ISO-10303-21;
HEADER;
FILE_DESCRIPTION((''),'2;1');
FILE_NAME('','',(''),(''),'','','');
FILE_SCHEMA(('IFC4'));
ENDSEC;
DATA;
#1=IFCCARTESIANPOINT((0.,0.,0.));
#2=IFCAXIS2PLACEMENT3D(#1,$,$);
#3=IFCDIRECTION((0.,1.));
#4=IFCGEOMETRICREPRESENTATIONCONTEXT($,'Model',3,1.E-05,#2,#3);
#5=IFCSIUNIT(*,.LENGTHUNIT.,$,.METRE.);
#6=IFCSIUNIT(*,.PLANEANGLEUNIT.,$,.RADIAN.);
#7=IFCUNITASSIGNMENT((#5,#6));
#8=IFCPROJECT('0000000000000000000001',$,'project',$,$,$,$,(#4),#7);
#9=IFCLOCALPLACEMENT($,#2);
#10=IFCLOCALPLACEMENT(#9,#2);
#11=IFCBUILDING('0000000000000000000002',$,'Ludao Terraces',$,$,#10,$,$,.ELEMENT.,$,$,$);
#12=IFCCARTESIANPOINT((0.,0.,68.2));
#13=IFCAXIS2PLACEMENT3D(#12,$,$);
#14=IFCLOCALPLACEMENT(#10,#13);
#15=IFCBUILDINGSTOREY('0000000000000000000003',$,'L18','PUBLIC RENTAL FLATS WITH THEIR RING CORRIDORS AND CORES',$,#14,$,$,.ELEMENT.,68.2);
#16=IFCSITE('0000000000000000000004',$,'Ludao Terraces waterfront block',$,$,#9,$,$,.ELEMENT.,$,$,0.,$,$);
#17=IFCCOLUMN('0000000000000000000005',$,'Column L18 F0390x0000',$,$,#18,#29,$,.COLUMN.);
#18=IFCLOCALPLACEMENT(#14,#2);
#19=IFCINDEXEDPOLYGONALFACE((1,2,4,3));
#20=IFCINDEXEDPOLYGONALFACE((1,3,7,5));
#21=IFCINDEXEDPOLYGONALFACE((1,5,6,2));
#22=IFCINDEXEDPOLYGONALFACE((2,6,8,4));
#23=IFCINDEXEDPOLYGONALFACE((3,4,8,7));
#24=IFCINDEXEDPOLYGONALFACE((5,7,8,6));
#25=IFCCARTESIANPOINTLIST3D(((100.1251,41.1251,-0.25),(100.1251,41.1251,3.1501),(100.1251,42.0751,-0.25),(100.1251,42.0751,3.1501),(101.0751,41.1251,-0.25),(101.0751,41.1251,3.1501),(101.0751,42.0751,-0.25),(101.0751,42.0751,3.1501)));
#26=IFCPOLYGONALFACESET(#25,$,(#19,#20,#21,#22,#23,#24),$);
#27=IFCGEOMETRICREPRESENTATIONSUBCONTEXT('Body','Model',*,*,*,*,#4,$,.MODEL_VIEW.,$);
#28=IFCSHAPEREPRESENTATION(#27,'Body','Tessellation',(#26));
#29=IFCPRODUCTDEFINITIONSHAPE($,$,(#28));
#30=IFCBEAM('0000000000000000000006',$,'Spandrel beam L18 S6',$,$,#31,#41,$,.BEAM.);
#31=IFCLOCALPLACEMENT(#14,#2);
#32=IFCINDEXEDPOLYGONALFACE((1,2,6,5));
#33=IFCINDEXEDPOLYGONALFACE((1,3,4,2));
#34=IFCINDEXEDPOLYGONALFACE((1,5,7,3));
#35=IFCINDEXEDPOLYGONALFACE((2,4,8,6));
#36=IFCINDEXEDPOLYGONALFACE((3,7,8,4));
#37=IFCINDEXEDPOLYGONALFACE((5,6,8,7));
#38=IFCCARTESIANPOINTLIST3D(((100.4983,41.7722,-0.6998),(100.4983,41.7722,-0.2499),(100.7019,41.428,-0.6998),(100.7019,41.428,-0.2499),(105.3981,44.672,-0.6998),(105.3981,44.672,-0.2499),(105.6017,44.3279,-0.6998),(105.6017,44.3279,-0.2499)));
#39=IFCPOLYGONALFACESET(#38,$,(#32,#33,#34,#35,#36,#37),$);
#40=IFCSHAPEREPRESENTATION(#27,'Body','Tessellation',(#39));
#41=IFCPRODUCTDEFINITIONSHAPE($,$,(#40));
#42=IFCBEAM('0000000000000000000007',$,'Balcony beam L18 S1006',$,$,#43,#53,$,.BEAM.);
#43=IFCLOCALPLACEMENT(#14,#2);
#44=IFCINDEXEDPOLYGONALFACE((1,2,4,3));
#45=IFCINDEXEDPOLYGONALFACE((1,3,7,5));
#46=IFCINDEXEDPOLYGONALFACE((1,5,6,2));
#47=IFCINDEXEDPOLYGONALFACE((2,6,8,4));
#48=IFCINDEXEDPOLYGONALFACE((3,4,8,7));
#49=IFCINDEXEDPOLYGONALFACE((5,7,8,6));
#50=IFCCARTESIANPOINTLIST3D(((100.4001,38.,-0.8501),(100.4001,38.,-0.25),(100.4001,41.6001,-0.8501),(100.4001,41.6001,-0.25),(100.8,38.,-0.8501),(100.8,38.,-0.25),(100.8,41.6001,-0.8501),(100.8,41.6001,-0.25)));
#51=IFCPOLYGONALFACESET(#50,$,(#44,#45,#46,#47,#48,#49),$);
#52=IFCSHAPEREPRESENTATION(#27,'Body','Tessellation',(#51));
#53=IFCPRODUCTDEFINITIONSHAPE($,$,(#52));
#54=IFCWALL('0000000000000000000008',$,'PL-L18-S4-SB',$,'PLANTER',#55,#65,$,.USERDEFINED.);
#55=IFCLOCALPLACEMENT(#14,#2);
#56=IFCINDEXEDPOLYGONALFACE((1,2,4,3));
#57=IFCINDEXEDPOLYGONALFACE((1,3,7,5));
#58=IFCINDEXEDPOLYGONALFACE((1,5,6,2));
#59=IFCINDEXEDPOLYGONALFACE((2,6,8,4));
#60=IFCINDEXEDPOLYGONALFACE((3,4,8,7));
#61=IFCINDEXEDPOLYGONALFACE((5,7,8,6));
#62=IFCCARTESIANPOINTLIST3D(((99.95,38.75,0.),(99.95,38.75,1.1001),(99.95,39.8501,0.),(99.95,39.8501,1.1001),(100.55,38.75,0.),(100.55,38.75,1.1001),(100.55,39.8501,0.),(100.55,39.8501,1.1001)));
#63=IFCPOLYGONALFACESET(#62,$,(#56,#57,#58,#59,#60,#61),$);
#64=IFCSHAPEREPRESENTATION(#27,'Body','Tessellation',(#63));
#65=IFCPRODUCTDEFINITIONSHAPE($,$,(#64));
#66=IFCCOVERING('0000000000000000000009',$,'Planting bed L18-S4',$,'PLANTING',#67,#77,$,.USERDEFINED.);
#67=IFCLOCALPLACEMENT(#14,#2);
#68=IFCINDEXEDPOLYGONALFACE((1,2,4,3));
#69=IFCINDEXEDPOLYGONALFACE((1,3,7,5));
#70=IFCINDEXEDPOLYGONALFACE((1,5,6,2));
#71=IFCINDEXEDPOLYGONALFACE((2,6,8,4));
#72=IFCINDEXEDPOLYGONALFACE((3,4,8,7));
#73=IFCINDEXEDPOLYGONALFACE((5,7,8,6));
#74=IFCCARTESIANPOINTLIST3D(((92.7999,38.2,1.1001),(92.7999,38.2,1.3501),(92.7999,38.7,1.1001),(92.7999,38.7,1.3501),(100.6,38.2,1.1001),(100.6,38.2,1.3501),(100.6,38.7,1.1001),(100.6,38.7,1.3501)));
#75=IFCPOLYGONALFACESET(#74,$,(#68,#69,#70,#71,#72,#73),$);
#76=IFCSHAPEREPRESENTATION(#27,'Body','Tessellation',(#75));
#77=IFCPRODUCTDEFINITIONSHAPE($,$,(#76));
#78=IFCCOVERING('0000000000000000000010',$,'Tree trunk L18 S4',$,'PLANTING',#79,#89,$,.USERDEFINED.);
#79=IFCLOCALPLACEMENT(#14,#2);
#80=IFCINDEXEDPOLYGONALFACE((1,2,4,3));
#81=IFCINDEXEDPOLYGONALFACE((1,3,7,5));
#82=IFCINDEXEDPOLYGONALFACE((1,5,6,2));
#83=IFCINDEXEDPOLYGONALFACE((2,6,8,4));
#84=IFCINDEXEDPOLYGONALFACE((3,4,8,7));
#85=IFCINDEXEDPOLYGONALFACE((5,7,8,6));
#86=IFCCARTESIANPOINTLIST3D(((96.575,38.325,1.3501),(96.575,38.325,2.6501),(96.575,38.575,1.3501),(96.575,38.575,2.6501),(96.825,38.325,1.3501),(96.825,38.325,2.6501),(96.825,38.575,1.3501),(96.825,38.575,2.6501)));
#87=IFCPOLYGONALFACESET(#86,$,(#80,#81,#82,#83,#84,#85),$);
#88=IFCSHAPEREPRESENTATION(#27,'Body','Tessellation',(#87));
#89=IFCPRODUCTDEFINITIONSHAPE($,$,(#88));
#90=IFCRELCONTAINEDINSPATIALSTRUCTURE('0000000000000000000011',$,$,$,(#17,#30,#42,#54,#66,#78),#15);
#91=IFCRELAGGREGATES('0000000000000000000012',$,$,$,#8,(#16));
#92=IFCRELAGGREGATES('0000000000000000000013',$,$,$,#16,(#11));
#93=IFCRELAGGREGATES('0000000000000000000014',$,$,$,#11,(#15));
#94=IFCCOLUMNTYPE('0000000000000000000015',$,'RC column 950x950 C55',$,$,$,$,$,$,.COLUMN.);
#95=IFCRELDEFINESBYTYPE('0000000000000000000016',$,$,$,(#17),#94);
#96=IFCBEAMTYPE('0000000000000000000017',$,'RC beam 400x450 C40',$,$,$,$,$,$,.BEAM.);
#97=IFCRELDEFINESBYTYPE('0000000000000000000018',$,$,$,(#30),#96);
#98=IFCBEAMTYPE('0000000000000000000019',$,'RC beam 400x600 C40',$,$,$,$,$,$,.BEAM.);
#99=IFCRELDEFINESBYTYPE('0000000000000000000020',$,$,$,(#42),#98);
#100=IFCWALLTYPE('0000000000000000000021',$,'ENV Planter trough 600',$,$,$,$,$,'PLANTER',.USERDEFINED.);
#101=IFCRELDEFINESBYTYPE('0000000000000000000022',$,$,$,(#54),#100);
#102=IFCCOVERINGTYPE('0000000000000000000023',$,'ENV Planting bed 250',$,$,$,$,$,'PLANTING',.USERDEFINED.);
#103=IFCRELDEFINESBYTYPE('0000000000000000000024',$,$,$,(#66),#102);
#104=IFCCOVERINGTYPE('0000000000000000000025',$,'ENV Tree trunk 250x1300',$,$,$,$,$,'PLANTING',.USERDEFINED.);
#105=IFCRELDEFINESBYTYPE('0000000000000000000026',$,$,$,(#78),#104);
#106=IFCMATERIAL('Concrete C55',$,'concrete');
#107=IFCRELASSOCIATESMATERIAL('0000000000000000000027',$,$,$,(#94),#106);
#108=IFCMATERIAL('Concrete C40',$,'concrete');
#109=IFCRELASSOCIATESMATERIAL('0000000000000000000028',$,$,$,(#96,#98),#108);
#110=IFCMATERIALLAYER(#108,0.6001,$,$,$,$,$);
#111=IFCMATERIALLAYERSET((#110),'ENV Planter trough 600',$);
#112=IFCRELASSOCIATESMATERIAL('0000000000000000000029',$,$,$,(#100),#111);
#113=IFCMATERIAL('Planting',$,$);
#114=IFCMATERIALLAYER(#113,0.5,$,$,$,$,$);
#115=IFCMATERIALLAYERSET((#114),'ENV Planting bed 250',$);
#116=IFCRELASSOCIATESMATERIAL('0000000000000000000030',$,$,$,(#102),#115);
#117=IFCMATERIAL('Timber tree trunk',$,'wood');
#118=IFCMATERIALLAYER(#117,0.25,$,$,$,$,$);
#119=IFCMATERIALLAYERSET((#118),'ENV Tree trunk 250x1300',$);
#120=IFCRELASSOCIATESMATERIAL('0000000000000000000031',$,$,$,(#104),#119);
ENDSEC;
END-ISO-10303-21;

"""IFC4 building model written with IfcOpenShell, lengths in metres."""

from ifc_helpers import new_model, si_unit, direction, frame, frame_2d, origin, origin_2d, place, context, subcontext, project, spatial, rectangle, extrude, material, layer, layer_set, material_profile, profile_set, type_object, element, save


model = new_model("IFC4")

# Units and contexts
model_context = context("Model", 3, precision=1e-05, world=origin(), true_north=direction((0.0, 1.0)))
body_context = subcontext(model_context, "Body", "Model", "MODEL_VIEW")
ifc_project = project(units=[si_unit("LENGTHUNIT", "METRE"), si_unit("PLANEANGLEUNIT", "RADIAN")], contexts=[model_context])

# Site, building, storey
site_placement = place(None, origin())
site = spatial("IfcSite", under=ifc_project, at=site_placement, Name="Ludao Terraces waterfront block", CompositionType="ELEMENT", RefElevation=0.0)
building_placement = place(site_placement, origin())
building = spatial("IfcBuilding", under=site, at=building_placement, Name="Ludao Terraces", CompositionType="ELEMENT")
storey_placement = place(building_placement, frame((0.0, 0.0, 68.2)))
storey = spatial("IfcBuildingStorey", under=building, at=storey_placement, Name="L18", Description="PUBLIC RENTAL FLATS WITH THEIR RING CORRIDORS AND CORES", CompositionType="ELEMENT", Elevation=68.2)

# Column
ifc_material_1 = material(Name="Concrete C55", Category="concrete")
ifc_material_profile_1 = material_profile(ifc_material_1, rectangle(XDim=0.95, YDim=0.95, at=origin_2d()), Name="950 X 950")
ifc_profile_set_1 = profile_set([ifc_material_profile_1], Name="Concrete C55")
column_type = type_object("IfcColumnType", Name="RC column 950x950 C55", PredefinedType="COLUMN", material=ifc_profile_set_1)
column_placement = place(storey_placement, frame((100.6001, 41.6001, -0.25), z_axis=(0.0, 0.0, 1.0), x_axis=(1.0, 0.0, 0.0)))
element("IfcColumn", 1, at=column_placement, inside=storey, type_object=column_type, Name="Column L18 F0390x0000", PredefinedType="COLUMN", context=body_context, shape_type="SweptSolid", body=[
    extrude(rectangle(XDim=0.95, YDim=0.95, at=origin_2d()), origin(), (0.0, 0.0, 1.0), 3.4001),
])

# Beams
ifc_material_2 = material(Name="Concrete C40", Category="concrete")
ifc_material_profile_2 = material_profile(ifc_material_2, rectangle(XDim=0.3999, YDim=0.45, at=origin_2d()), Name="400 X 450")
ifc_profile_set_2 = profile_set([ifc_material_profile_2], Name="Concrete C40")
beam_type_1 = type_object("IfcBeamType", Name="RC beam 400x450 C40", PredefinedType="BEAM", material=ifc_profile_set_2)
beam_1_placement = place(storey_placement, frame((100.6001, 41.6001, -0.4749), z_axis=(0.86058, 0.509316, 0.0), x_axis=(-0.509316, 0.86058, 0.0)))
element("IfcBeam", 2, at=beam_1_placement, inside=storey, type_object=beam_type_1, Name="Spandrel beam L18 S6", PredefinedType="BEAM", context=body_context, shape_type="SweptSolid", body=[
    extrude(rectangle(XDim=0.3999, YDim=0.45, at=origin_2d()), origin(), (0.0, 0.0, 1.0), 5.6936),
])
ifc_material_profile_3 = material_profile(ifc_material_2, rectangle(XDim=0.3999, YDim=0.6001, at=origin_2d()), Name="400 X 600")
ifc_profile_set_3 = profile_set([ifc_material_profile_3], Name="Concrete C40")
beam_type_2 = type_object("IfcBeamType", Name="RC beam 400x600 C40", PredefinedType="BEAM", material=ifc_profile_set_3)
beam_2_placement = place(storey_placement, frame((100.6001, 41.6001, -0.55), z_axis=(0.0, -1.0, 0.0), x_axis=(1.0, 0.0, 0.0)))
element("IfcBeam", 3, at=beam_2_placement, inside=storey, type_object=beam_type_2, Name="Balcony beam L18 S1006", PredefinedType="BEAM", context=body_context, shape_type="SweptSolid", body=[
    extrude(rectangle(XDim=0.3999, YDim=0.6001, at=origin_2d()), origin(), (0.0, 0.0, 1.0), 3.6001),
])

# Wall
ifc_layer_1 = layer(ifc_material_2, 0.6001)
ifc_layer_set_1 = layer_set([ifc_layer_1], Name="ENV Planter trough 600")
wall_type = type_object("IfcWallType", Name="ENV Planter trough 600", ElementType="PLANTER", PredefinedType="USERDEFINED", material=ifc_layer_set_1)
wall_placement = place(storey_placement, frame((100.25, 38.75, 0.0), z_axis=(0.0, 0.0, 1.0), x_axis=(0.0, 1.0, 0.0)))
element("IfcWall", 4, at=wall_placement, inside=storey, type_object=wall_type, Name="PL-L18-S4-SB", ObjectType="PLANTER", PredefinedType="USERDEFINED", context=body_context, shape_type="SweptSolid", body=[
    extrude(rectangle(XDim=1.1001, YDim=0.6001, at=frame_2d((0.55, 0.0))), origin(), (0.0, 0.0, 1.0), 1.1001),
])

# Coverings
ifc_material_3 = material(Name="Planting")
ifc_layer_2 = layer(ifc_material_3, 0.5)
ifc_layer_set_2 = layer_set([ifc_layer_2], Name="ENV Planting bed 250")
covering_type_1 = type_object("IfcCoveringType", Name="ENV Planting bed 250", ElementType="PLANTING", PredefinedType="USERDEFINED", material=ifc_layer_set_2)
covering_1_placement = place(storey_placement, frame((96.7, 38.45, 1.1001), z_axis=(0.0, 0.0, 1.0), x_axis=(1.0, 0.0, 0.0)))
element("IfcCovering", 5, at=covering_1_placement, inside=storey, type_object=covering_type_1, Name="Planting bed L18-S4", ObjectType="PLANTING", PredefinedType="USERDEFINED", context=body_context, shape_type="SweptSolid", body=[
    extrude(rectangle(XDim=7.8, YDim=0.5, at=origin_2d()), origin(), (0.0, 0.0, 1.0), 0.25),
])
ifc_material_4 = material(Name="Timber tree trunk", Category="wood")
ifc_layer_3 = layer(ifc_material_4, 0.25)
ifc_layer_set_3 = layer_set([ifc_layer_3], Name="ENV Tree trunk 250x1300")
covering_type_2 = type_object("IfcCoveringType", Name="ENV Tree trunk 250x1300", ElementType="PLANTING", PredefinedType="USERDEFINED", material=ifc_layer_set_3)
covering_2_placement = place(storey_placement, frame((96.7, 38.45, 1.3501), z_axis=(0.0, 0.0, 1.0), x_axis=(1.0, 0.0, 0.0)))
element("IfcCovering", 6, at=covering_2_placement, inside=storey, type_object=covering_type_2, Name="Tree trunk L18 S4", ObjectType="PLANTING", PredefinedType="USERDEFINED", context=body_context, shape_type="SweptSolid", body=[
    extrude(rectangle(XDim=0.25, YDim=0.25, at=origin_2d()), origin(), (0.0, 0.0, 1.0), 1.3),
])

save(model, "model.ifc")
